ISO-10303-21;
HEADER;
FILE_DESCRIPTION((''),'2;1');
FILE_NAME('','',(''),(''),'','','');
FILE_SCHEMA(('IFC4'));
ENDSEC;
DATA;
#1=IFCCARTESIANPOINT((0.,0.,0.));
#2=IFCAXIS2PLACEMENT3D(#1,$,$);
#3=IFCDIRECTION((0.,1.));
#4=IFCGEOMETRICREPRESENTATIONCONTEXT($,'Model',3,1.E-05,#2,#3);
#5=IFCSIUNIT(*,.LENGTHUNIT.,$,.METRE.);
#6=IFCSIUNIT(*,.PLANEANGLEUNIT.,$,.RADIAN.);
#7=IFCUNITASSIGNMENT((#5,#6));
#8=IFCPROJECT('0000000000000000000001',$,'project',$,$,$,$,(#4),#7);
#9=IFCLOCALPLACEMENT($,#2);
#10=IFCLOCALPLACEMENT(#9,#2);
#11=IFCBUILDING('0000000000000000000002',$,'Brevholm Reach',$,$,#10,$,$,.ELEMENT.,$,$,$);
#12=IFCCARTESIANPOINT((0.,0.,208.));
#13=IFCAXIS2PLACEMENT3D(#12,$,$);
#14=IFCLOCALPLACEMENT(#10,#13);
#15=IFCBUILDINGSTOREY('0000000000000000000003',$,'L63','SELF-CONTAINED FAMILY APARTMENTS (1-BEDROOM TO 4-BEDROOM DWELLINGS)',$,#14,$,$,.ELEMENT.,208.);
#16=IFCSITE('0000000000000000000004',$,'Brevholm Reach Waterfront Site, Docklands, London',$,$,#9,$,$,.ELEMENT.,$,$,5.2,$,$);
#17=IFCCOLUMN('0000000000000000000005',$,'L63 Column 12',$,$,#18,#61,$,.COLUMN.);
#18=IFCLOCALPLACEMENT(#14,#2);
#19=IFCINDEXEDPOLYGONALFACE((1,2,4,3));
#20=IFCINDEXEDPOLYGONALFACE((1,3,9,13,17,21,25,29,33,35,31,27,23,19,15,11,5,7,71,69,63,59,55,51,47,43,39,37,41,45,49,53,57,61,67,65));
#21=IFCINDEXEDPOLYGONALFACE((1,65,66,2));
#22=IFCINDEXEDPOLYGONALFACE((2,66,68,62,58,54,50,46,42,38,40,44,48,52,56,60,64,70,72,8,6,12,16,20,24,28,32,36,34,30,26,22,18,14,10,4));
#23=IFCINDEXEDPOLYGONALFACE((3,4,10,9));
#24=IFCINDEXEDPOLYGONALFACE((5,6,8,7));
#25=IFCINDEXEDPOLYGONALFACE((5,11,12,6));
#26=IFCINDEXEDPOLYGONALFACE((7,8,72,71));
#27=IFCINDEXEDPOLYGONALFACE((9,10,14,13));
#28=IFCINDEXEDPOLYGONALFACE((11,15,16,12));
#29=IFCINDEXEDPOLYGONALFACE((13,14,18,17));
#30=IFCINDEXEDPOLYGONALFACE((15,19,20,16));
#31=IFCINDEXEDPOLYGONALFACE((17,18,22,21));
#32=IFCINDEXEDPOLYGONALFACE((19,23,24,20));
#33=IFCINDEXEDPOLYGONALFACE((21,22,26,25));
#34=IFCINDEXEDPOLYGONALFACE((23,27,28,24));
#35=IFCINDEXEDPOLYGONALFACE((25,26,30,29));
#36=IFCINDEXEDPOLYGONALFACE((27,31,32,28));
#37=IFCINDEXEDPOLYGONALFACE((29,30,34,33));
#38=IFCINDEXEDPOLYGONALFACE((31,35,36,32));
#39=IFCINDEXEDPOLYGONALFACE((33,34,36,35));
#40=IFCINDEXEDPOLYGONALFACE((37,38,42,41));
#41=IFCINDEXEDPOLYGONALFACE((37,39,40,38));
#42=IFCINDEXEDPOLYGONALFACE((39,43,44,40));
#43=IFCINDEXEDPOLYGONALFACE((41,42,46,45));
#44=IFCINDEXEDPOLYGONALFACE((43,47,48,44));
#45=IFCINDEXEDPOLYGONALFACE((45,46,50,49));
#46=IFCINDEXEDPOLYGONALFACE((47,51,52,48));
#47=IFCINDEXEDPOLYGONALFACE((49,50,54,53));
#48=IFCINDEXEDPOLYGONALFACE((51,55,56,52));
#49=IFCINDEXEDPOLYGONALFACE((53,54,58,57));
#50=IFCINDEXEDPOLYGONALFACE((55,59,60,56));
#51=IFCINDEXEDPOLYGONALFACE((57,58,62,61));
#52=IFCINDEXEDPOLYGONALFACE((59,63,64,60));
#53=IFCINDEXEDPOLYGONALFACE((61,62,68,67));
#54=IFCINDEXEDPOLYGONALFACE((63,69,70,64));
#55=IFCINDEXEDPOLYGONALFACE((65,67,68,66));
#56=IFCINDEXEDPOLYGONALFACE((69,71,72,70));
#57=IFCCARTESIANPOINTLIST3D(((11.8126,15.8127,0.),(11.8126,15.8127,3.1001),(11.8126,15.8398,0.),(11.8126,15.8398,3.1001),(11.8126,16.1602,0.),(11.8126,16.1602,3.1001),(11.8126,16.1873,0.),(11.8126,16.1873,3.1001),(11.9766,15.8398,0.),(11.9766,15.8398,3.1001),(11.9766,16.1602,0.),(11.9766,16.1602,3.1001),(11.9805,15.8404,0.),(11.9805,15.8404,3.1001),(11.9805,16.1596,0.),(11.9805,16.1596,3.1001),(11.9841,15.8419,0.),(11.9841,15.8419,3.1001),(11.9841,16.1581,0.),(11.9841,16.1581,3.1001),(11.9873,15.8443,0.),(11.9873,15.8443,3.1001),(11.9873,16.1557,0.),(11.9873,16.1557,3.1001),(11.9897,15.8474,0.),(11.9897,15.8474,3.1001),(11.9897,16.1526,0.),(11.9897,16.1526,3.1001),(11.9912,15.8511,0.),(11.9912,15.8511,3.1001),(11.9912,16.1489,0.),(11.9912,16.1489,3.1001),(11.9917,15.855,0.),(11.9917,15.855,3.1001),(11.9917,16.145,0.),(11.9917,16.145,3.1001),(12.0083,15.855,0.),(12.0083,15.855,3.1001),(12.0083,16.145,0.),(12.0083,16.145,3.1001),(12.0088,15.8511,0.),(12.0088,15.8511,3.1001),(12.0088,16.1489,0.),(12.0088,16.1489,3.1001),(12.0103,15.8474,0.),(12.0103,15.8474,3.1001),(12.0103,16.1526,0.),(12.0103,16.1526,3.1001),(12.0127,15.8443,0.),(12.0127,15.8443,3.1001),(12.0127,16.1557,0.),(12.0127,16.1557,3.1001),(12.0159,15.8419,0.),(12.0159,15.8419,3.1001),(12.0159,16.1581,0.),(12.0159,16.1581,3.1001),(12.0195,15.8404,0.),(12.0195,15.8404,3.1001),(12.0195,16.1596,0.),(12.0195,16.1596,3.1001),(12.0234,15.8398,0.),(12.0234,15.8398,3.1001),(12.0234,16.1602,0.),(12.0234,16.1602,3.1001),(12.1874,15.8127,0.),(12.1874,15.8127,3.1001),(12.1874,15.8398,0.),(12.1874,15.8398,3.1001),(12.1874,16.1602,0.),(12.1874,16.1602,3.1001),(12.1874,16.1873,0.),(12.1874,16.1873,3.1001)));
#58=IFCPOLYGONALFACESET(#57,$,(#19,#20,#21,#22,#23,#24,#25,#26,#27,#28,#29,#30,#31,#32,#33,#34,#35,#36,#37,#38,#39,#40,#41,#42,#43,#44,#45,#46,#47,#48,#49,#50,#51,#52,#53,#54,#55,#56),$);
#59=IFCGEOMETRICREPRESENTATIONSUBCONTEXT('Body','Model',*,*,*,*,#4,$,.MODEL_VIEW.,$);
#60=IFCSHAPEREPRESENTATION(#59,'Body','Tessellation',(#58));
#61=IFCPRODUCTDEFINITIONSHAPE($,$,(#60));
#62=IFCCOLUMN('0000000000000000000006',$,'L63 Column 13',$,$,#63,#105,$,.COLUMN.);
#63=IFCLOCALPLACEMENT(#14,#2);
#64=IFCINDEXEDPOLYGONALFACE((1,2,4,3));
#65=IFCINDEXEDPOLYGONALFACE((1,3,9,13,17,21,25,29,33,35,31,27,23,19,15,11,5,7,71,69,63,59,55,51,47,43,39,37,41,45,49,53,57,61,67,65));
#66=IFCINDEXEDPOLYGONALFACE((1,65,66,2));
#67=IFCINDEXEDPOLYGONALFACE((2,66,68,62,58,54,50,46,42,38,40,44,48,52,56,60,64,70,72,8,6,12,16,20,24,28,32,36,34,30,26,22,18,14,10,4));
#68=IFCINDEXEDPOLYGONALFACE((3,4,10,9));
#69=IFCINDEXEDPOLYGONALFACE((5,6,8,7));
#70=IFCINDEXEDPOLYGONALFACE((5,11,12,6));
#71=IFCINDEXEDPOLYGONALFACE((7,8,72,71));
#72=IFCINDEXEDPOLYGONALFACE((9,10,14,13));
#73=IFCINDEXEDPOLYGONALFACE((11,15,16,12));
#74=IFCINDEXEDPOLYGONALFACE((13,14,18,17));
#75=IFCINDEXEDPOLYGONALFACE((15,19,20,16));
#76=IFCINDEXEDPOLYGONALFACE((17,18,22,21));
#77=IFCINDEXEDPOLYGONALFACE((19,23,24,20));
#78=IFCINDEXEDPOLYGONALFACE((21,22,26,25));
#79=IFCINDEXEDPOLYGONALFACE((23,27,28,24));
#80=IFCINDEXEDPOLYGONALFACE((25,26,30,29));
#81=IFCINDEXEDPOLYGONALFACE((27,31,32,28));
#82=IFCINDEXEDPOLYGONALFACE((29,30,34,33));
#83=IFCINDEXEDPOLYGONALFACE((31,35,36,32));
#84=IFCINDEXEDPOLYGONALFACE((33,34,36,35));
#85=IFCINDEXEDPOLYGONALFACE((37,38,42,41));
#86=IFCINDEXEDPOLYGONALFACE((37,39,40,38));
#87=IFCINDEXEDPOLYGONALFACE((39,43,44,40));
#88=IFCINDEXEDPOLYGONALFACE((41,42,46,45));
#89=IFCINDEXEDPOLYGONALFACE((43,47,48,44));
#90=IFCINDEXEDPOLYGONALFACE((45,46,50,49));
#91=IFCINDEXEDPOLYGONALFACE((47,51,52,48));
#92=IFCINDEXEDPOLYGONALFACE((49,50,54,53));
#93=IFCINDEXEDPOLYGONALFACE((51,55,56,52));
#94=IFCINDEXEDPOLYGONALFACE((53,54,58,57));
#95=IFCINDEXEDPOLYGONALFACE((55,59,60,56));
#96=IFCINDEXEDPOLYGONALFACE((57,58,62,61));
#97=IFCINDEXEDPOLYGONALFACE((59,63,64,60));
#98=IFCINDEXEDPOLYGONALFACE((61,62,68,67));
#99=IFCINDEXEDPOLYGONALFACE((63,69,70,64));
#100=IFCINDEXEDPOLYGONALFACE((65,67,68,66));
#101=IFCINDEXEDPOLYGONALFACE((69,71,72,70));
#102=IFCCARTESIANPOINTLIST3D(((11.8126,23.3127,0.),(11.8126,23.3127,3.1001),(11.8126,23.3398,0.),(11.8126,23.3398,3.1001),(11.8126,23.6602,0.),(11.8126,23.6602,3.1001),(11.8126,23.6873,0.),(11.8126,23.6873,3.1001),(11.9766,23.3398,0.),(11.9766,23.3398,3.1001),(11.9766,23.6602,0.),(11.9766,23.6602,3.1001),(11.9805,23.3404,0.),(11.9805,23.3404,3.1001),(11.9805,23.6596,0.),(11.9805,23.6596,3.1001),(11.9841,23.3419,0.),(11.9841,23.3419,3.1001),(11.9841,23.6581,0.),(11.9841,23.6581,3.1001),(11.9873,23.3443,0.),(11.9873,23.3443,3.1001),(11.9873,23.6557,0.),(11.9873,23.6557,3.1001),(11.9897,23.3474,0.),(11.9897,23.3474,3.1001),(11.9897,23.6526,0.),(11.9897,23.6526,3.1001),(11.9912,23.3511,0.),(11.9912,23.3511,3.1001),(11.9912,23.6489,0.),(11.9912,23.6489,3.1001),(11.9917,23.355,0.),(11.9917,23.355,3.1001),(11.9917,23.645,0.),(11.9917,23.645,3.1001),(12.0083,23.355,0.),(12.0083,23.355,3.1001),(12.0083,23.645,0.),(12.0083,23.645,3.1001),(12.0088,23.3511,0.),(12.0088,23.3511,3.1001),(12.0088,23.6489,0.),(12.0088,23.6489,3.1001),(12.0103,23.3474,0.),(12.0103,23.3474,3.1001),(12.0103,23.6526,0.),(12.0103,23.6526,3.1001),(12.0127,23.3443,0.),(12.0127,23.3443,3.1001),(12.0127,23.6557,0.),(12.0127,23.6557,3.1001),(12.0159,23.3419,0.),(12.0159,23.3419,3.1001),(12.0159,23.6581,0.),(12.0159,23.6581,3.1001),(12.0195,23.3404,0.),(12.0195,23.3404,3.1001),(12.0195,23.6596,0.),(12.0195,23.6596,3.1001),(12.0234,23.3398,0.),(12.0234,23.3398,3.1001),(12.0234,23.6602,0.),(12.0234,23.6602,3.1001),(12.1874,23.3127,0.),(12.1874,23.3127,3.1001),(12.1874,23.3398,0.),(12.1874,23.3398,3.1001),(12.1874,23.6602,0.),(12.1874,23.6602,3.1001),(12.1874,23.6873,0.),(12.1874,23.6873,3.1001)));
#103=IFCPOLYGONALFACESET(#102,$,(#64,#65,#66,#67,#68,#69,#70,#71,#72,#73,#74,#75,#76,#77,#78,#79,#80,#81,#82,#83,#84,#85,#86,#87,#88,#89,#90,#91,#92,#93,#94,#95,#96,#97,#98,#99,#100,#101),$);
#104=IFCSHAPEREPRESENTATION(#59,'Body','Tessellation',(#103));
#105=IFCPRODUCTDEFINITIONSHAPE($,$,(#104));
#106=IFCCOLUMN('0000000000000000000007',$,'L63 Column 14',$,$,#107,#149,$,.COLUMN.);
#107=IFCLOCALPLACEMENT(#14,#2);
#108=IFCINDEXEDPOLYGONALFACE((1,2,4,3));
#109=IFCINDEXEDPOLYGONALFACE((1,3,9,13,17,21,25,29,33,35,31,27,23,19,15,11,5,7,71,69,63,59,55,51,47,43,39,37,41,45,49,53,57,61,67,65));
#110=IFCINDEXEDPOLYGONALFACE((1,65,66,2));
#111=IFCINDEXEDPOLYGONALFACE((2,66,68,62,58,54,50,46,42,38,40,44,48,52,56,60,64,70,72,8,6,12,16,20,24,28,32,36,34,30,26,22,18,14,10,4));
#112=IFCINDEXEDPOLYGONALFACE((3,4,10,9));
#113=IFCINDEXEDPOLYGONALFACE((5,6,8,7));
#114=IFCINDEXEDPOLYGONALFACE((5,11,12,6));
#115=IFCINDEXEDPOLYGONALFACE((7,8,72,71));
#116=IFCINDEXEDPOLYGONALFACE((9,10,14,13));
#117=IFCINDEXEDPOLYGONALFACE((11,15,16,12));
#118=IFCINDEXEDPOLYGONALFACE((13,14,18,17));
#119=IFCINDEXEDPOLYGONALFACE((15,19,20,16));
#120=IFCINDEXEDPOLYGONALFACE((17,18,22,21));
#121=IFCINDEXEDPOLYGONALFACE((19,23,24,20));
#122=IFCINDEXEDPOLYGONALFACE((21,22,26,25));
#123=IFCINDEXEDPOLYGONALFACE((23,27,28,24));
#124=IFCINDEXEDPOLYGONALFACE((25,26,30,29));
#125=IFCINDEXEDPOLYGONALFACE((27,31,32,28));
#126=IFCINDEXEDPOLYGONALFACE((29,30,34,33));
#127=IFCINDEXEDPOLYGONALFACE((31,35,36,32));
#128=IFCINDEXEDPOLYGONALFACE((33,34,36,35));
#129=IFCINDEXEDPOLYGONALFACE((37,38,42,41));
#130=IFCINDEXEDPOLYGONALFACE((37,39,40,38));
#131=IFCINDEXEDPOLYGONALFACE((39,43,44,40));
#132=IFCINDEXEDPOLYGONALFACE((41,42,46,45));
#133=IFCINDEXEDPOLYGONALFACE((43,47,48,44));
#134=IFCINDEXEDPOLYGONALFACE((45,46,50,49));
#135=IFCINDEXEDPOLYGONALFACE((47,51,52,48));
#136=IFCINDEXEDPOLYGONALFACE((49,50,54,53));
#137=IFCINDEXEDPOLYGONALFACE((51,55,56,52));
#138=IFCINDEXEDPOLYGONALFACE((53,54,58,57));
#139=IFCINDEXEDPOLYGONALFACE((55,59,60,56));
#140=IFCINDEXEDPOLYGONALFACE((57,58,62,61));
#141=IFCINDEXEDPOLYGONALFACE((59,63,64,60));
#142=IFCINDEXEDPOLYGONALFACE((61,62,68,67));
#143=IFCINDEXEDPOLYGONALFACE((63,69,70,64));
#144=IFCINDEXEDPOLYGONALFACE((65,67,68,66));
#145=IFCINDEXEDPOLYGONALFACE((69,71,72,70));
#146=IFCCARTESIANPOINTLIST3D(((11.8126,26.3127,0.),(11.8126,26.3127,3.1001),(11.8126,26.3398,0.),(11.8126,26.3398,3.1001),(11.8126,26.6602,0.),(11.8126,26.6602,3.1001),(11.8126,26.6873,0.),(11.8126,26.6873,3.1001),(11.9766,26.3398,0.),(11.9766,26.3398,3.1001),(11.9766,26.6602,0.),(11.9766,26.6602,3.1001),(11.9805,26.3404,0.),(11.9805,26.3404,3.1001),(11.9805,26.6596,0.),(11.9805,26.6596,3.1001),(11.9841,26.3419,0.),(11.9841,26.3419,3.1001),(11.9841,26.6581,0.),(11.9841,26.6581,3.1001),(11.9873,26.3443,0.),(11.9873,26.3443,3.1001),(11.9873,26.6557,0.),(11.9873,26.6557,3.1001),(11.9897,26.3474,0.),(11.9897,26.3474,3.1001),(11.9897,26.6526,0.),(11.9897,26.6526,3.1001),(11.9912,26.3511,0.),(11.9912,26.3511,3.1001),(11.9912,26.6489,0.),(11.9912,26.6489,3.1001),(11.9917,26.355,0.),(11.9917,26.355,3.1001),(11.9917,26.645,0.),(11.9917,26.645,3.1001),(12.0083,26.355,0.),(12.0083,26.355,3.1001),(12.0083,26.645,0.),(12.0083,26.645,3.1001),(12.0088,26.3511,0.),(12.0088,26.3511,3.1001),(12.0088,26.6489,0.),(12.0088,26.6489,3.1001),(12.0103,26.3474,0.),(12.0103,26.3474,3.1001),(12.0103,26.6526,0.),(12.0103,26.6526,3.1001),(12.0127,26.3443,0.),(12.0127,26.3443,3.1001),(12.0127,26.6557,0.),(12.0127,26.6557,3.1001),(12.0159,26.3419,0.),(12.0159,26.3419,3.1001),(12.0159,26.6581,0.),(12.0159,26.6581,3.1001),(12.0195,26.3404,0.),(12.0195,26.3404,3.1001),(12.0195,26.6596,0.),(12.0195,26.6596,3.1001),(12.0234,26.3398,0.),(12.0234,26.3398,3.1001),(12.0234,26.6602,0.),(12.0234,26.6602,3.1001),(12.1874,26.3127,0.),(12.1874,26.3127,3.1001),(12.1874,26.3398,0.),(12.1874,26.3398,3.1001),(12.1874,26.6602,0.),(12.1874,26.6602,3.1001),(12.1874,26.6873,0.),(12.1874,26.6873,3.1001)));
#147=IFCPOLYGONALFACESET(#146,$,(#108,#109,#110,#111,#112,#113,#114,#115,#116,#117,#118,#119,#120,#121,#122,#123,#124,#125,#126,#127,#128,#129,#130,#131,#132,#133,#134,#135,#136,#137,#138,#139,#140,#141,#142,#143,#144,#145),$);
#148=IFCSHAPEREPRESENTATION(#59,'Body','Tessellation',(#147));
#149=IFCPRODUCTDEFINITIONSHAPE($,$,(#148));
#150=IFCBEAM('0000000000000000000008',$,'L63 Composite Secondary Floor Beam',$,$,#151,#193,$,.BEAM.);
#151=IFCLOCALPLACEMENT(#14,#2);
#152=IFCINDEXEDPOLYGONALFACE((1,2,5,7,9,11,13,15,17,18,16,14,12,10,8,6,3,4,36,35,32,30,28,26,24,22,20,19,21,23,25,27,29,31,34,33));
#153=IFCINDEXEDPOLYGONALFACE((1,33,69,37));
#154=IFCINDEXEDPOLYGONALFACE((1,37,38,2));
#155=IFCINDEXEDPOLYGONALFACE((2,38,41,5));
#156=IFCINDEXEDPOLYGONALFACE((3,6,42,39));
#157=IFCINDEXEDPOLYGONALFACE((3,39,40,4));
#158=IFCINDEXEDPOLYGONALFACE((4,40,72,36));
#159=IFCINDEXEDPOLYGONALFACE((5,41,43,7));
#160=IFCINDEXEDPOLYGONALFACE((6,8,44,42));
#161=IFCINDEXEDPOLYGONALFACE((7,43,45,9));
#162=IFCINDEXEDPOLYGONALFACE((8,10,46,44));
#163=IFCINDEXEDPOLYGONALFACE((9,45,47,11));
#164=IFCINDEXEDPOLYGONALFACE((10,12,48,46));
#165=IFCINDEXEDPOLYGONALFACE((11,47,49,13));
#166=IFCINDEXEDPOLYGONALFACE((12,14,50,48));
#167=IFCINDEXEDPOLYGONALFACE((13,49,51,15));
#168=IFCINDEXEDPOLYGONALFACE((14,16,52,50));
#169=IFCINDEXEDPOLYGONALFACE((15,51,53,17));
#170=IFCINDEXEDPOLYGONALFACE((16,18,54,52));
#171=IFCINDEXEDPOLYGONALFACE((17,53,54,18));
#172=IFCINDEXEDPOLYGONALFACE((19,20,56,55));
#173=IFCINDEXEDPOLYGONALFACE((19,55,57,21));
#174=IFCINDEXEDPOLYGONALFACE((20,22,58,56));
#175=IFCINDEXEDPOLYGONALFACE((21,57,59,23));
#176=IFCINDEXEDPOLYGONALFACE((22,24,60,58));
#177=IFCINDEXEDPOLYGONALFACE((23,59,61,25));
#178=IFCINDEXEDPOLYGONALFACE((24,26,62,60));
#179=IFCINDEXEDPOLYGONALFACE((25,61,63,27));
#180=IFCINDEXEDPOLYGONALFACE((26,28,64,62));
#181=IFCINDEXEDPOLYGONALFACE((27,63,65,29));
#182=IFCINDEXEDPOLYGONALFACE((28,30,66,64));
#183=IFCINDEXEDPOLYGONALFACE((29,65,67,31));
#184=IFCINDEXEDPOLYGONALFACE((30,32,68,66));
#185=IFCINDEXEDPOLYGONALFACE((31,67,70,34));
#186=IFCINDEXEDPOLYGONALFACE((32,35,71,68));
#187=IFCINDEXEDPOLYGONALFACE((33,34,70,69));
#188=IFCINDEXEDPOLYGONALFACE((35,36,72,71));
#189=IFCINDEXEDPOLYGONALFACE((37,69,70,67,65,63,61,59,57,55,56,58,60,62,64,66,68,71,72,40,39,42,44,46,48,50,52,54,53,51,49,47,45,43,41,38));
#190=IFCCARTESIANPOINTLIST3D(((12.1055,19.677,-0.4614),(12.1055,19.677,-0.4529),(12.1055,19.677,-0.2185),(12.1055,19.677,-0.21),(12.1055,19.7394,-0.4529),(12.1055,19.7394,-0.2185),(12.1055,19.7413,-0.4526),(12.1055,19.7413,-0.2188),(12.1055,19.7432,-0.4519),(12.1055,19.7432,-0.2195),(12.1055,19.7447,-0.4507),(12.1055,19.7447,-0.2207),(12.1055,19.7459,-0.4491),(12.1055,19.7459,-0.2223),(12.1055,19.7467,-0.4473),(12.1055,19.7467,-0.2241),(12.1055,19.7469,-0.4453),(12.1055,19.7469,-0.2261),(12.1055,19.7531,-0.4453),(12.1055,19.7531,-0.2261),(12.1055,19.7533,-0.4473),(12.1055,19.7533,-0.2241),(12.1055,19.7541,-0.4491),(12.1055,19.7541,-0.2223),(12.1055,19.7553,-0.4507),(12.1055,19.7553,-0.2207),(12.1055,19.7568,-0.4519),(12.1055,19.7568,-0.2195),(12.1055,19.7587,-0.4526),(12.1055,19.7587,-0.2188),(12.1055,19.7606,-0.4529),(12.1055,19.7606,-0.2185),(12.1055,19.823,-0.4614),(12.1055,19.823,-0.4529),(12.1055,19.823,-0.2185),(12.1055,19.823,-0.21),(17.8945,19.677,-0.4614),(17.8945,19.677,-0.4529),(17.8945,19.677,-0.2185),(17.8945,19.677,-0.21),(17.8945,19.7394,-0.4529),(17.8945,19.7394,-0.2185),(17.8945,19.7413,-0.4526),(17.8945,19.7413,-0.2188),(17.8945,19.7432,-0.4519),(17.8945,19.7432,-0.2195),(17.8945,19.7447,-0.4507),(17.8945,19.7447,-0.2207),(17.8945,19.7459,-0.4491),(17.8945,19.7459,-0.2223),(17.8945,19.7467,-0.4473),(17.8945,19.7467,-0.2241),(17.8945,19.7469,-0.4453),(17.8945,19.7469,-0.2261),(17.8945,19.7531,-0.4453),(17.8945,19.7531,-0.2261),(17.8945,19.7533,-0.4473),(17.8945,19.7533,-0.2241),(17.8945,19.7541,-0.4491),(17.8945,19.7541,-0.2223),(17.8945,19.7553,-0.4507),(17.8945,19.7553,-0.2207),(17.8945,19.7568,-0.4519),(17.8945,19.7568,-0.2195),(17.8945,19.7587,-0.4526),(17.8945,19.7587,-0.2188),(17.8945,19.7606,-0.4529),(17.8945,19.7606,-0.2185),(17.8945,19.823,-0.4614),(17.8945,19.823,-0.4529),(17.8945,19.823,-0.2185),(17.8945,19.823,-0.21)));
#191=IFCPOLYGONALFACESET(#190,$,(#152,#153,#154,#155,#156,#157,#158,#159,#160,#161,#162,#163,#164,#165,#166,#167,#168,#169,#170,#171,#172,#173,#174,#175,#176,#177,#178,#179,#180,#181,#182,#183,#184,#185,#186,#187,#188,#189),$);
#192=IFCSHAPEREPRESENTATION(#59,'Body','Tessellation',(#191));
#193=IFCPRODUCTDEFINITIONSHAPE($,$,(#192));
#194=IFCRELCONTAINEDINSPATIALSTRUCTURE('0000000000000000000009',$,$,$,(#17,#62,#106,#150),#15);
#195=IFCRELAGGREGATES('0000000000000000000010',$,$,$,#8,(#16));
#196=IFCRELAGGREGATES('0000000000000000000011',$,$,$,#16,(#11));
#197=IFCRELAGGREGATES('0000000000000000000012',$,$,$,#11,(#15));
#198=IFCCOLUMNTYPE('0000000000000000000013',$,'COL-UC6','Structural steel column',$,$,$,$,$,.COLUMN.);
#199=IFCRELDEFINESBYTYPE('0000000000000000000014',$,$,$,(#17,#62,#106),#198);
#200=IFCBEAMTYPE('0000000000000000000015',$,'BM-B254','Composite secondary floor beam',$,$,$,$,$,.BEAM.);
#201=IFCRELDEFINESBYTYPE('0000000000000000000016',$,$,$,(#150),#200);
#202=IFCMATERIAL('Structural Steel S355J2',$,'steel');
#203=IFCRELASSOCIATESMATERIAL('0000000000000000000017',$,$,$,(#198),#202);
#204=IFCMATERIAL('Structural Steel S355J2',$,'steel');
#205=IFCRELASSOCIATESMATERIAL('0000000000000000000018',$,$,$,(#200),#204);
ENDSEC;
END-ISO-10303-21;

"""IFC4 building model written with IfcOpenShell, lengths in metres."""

from ifc_helpers import new_model, si_unit, direction, frame, origin, origin_2d, place, context, subcontext, project, spatial, i_section, extrude, material, material_profile, profile_set, type_object, element, save


model = new_model("IFC4")

# Units and contexts
model_context = context("Model", 3, precision=1e-05, world=origin(), true_north=direction((0.0, 1.0)))
body_context = subcontext(model_context, "Body", "Model", "MODEL_VIEW")
ifc_project = project(units=[si_unit("LENGTHUNIT", "METRE"), si_unit("PLANEANGLEUNIT", "RADIAN")], contexts=[model_context])

# Site, building, storey
site_placement = place(None, origin())
site = spatial("IfcSite", under=ifc_project, at=site_placement, Name="Brevholm Reach Waterfront Site, Docklands, London", CompositionType="ELEMENT", RefElevation=5.2)
building_placement = place(site_placement, origin())
building = spatial("IfcBuilding", under=site, at=building_placement, Name="Brevholm Reach", CompositionType="ELEMENT")
storey_placement = place(building_placement, frame((0.0, 0.0, 208.0)))
storey = spatial("IfcBuildingStorey", under=building, at=storey_placement, Name="L63", Description="SELF-CONTAINED FAMILY APARTMENTS (1-BEDROOM TO 4-BEDROOM DWELLINGS)", CompositionType="ELEMENT", Elevation=208.0)

# Columns
ifc_material_1 = material(Name="Structural Steel S355J2", Category="steel")
ifc_material_profile_1 = material_profile(ifc_material_1, i_section(OverallWidth=0.3748, OverallDepth=0.3745, WebThickness=0.0166, FlangeThickness=0.0271, FilletRadius=0.0151, at=origin_2d()), Name="UKC 356x368x202")
ifc_profile_set_1 = profile_set([ifc_material_profile_1], Name="Structural Steel S355J2")
column_type = type_object("IfcColumnType", Name="COL-UC6", Description="Structural steel column", PredefinedType="COLUMN", material=ifc_profile_set_1)
for number, where, z_axis, x_axis, name in (
    (1, (12.0, 16.0, 0.0), (0.0, 0.0, 1.0), (1.0, 0.0, 0.0), "L63 Column 12"),
    (2, (12.0, 23.5, 0.0), (0.0, 0.0, 1.0), (1.0, 0.0, 0.0), "L63 Column 13"),
    (3, (12.0, 26.5, 0.0), (0.0, 0.0, 1.0), (1.0, 0.0, 0.0), "L63 Column 14"),
):
    element("IfcColumn", number, at=place(storey_placement, frame(where, z_axis=z_axis, x_axis=x_axis)), inside=storey, type_object=column_type, Name=name, PredefinedType="COLUMN", context=body_context, shape_type="SweptSolid", body=[
        extrude(i_section(OverallWidth=0.3748, OverallDepth=0.3745, WebThickness=0.0166, FlangeThickness=0.0271, FilletRadius=0.0151, at=origin_2d()), origin(), (0.0, 0.0, 1.0), 3.1001),
    ])

# Beam
ifc_material_2 = material(Name="Structural Steel S355J2", Category="steel")
ifc_material_profile_2 = material_profile(ifc_material_2, i_section(OverallWidth=0.146, OverallDepth=0.2515, WebThickness=0.0061, FlangeThickness=0.0085, FilletRadius=0.0076, at=origin_2d()), Name="UKB 254x146x31")
ifc_profile_set_2 = profile_set([ifc_material_profile_2], Name="Structural Steel S355J2")
beam_type_1 = type_object("IfcBeamType", Name="BM-B254", Description="Composite secondary floor beam", PredefinedType="BEAM", material=ifc_profile_set_2)
beam_1_placement = place(storey_placement, frame((12.1055, 19.75, -0.3357), z_axis=(1.0, 0.0, 0.0), x_axis=(0.0, 1.0, 0.0)))
element("IfcBeam", 4, at=beam_1_placement, inside=storey, type_object=beam_type_1, Name="L63 Composite Secondary Floor Beam", PredefinedType="BEAM", context=body_context, shape_type="SweptSolid", body=[
    extrude(i_section(OverallWidth=0.146, OverallDepth=0.2515, WebThickness=0.0061, FlangeThickness=0.0085, FilletRadius=0.0076, at=origin_2d()), origin(), (0.0, 0.0, 1.0), 5.7891),
])

save(model, "model.ifc")
